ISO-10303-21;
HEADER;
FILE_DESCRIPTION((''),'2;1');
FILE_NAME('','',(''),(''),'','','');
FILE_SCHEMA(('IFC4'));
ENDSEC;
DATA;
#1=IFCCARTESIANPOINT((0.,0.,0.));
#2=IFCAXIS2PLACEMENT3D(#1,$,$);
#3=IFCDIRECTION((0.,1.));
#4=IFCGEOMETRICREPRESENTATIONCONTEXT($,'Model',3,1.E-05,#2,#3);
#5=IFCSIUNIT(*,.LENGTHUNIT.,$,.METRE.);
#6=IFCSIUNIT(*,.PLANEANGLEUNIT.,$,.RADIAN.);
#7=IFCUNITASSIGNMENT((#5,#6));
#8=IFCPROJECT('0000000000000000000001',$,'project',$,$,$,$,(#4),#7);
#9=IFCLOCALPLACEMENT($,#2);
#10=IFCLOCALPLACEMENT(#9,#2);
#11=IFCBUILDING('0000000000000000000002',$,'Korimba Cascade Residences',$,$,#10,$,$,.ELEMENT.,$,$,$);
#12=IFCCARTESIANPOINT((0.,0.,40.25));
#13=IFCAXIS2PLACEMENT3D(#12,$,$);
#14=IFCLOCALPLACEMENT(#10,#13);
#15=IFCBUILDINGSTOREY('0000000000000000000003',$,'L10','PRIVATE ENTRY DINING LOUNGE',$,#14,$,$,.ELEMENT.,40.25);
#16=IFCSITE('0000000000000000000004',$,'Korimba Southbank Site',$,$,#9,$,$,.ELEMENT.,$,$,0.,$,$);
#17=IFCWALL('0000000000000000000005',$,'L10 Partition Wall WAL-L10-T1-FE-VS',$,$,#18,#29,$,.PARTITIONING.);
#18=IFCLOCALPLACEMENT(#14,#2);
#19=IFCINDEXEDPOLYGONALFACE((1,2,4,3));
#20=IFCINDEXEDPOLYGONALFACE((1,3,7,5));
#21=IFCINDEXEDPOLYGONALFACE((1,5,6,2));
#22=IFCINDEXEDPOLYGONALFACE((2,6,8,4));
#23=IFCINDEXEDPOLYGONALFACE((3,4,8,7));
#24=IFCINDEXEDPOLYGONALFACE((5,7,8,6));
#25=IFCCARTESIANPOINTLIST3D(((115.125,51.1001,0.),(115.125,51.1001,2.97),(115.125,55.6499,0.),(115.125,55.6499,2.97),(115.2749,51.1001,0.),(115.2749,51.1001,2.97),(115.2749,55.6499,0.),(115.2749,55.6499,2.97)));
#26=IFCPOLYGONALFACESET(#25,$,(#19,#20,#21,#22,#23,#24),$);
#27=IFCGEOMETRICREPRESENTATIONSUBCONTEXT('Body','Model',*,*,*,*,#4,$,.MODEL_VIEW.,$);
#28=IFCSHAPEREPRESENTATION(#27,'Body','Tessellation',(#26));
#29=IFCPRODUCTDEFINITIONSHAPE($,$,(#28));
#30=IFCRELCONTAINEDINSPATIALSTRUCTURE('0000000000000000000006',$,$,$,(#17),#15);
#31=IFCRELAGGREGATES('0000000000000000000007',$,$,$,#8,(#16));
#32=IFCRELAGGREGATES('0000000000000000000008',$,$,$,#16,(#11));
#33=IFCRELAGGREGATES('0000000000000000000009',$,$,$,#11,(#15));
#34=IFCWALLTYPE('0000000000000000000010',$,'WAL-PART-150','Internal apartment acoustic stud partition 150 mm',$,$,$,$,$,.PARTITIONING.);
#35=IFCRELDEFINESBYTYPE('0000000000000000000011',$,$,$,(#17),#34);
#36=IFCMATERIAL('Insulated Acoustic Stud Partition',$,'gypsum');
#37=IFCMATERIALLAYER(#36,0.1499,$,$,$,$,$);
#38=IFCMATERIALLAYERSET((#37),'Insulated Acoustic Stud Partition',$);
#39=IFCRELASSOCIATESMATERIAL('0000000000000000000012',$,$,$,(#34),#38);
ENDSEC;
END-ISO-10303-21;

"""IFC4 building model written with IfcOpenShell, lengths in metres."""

from ifc_helpers import new_model, si_unit, direction, frame, frame_2d, origin, place, context, subcontext, project, spatial, rectangle, extrude, material, layer, layer_set, type_object, element, save


model = new_model("IFC4")

# Units and contexts
model_context = context("Model", 3, precision=1e-05, world=origin(), true_north=direction((0.0, 1.0)))
body_context = subcontext(model_context, "Body", "Model", "MODEL_VIEW")
ifc_project = project(units=[si_unit("LENGTHUNIT", "METRE"), si_unit("PLANEANGLEUNIT", "RADIAN")], contexts=[model_context])

# Site, building, storey
site_placement = place(None, origin())
site = spatial("IfcSite", under=ifc_project, at=site_placement, Name="Korimba Southbank Site", CompositionType="ELEMENT", RefElevation=0.0)
building_placement = place(site_placement, origin())
building = spatial("IfcBuilding", under=site, at=building_placement, Name="Korimba Cascade Residences", CompositionType="ELEMENT")
storey_placement = place(building_placement, frame((0.0, 0.0, 40.25)))
storey = spatial("IfcBuildingStorey", under=building, at=storey_placement, Name="L10", Description="PRIVATE ENTRY DINING LOUNGE", CompositionType="ELEMENT", Elevation=40.25)

# Shared definitions
ifc_material_1 = material(Name="Insulated Acoustic Stud Partition", Category="gypsum")
ifc_layer_1 = layer(ifc_material_1, 0.1499)
ifc_layer_set_1 = layer_set([ifc_layer_1], Name="Insulated Acoustic Stud Partition")
wall_type_1 = type_object("IfcWallType", Name="WAL-PART-150", Description="Internal apartment acoustic stud partition 150 mm", PredefinedType="PARTITIONING", material=ifc_layer_set_1)

# Wall
wall_1_placement = place(storey_placement, frame((115.2, 51.1001, 0.0), z_axis=(0.0, 0.0, 1.0), x_axis=(0.0, 1.0, 0.0)))
element("IfcWall", 1, at=wall_1_placement, inside=storey, type_object=wall_type_1, Name="L10 Partition Wall WAL-L10-T1-FE-VS", PredefinedType="PARTITIONING", context=body_context, shape_type="SweptSolid", body=[
    extrude(rectangle(XDim=4.5498, YDim=0.1499, at=frame_2d((2.2749, 0.0))), origin(), (0.0, 0.0, 1.0), 2.97),
])

save(model, "model.ifc")
